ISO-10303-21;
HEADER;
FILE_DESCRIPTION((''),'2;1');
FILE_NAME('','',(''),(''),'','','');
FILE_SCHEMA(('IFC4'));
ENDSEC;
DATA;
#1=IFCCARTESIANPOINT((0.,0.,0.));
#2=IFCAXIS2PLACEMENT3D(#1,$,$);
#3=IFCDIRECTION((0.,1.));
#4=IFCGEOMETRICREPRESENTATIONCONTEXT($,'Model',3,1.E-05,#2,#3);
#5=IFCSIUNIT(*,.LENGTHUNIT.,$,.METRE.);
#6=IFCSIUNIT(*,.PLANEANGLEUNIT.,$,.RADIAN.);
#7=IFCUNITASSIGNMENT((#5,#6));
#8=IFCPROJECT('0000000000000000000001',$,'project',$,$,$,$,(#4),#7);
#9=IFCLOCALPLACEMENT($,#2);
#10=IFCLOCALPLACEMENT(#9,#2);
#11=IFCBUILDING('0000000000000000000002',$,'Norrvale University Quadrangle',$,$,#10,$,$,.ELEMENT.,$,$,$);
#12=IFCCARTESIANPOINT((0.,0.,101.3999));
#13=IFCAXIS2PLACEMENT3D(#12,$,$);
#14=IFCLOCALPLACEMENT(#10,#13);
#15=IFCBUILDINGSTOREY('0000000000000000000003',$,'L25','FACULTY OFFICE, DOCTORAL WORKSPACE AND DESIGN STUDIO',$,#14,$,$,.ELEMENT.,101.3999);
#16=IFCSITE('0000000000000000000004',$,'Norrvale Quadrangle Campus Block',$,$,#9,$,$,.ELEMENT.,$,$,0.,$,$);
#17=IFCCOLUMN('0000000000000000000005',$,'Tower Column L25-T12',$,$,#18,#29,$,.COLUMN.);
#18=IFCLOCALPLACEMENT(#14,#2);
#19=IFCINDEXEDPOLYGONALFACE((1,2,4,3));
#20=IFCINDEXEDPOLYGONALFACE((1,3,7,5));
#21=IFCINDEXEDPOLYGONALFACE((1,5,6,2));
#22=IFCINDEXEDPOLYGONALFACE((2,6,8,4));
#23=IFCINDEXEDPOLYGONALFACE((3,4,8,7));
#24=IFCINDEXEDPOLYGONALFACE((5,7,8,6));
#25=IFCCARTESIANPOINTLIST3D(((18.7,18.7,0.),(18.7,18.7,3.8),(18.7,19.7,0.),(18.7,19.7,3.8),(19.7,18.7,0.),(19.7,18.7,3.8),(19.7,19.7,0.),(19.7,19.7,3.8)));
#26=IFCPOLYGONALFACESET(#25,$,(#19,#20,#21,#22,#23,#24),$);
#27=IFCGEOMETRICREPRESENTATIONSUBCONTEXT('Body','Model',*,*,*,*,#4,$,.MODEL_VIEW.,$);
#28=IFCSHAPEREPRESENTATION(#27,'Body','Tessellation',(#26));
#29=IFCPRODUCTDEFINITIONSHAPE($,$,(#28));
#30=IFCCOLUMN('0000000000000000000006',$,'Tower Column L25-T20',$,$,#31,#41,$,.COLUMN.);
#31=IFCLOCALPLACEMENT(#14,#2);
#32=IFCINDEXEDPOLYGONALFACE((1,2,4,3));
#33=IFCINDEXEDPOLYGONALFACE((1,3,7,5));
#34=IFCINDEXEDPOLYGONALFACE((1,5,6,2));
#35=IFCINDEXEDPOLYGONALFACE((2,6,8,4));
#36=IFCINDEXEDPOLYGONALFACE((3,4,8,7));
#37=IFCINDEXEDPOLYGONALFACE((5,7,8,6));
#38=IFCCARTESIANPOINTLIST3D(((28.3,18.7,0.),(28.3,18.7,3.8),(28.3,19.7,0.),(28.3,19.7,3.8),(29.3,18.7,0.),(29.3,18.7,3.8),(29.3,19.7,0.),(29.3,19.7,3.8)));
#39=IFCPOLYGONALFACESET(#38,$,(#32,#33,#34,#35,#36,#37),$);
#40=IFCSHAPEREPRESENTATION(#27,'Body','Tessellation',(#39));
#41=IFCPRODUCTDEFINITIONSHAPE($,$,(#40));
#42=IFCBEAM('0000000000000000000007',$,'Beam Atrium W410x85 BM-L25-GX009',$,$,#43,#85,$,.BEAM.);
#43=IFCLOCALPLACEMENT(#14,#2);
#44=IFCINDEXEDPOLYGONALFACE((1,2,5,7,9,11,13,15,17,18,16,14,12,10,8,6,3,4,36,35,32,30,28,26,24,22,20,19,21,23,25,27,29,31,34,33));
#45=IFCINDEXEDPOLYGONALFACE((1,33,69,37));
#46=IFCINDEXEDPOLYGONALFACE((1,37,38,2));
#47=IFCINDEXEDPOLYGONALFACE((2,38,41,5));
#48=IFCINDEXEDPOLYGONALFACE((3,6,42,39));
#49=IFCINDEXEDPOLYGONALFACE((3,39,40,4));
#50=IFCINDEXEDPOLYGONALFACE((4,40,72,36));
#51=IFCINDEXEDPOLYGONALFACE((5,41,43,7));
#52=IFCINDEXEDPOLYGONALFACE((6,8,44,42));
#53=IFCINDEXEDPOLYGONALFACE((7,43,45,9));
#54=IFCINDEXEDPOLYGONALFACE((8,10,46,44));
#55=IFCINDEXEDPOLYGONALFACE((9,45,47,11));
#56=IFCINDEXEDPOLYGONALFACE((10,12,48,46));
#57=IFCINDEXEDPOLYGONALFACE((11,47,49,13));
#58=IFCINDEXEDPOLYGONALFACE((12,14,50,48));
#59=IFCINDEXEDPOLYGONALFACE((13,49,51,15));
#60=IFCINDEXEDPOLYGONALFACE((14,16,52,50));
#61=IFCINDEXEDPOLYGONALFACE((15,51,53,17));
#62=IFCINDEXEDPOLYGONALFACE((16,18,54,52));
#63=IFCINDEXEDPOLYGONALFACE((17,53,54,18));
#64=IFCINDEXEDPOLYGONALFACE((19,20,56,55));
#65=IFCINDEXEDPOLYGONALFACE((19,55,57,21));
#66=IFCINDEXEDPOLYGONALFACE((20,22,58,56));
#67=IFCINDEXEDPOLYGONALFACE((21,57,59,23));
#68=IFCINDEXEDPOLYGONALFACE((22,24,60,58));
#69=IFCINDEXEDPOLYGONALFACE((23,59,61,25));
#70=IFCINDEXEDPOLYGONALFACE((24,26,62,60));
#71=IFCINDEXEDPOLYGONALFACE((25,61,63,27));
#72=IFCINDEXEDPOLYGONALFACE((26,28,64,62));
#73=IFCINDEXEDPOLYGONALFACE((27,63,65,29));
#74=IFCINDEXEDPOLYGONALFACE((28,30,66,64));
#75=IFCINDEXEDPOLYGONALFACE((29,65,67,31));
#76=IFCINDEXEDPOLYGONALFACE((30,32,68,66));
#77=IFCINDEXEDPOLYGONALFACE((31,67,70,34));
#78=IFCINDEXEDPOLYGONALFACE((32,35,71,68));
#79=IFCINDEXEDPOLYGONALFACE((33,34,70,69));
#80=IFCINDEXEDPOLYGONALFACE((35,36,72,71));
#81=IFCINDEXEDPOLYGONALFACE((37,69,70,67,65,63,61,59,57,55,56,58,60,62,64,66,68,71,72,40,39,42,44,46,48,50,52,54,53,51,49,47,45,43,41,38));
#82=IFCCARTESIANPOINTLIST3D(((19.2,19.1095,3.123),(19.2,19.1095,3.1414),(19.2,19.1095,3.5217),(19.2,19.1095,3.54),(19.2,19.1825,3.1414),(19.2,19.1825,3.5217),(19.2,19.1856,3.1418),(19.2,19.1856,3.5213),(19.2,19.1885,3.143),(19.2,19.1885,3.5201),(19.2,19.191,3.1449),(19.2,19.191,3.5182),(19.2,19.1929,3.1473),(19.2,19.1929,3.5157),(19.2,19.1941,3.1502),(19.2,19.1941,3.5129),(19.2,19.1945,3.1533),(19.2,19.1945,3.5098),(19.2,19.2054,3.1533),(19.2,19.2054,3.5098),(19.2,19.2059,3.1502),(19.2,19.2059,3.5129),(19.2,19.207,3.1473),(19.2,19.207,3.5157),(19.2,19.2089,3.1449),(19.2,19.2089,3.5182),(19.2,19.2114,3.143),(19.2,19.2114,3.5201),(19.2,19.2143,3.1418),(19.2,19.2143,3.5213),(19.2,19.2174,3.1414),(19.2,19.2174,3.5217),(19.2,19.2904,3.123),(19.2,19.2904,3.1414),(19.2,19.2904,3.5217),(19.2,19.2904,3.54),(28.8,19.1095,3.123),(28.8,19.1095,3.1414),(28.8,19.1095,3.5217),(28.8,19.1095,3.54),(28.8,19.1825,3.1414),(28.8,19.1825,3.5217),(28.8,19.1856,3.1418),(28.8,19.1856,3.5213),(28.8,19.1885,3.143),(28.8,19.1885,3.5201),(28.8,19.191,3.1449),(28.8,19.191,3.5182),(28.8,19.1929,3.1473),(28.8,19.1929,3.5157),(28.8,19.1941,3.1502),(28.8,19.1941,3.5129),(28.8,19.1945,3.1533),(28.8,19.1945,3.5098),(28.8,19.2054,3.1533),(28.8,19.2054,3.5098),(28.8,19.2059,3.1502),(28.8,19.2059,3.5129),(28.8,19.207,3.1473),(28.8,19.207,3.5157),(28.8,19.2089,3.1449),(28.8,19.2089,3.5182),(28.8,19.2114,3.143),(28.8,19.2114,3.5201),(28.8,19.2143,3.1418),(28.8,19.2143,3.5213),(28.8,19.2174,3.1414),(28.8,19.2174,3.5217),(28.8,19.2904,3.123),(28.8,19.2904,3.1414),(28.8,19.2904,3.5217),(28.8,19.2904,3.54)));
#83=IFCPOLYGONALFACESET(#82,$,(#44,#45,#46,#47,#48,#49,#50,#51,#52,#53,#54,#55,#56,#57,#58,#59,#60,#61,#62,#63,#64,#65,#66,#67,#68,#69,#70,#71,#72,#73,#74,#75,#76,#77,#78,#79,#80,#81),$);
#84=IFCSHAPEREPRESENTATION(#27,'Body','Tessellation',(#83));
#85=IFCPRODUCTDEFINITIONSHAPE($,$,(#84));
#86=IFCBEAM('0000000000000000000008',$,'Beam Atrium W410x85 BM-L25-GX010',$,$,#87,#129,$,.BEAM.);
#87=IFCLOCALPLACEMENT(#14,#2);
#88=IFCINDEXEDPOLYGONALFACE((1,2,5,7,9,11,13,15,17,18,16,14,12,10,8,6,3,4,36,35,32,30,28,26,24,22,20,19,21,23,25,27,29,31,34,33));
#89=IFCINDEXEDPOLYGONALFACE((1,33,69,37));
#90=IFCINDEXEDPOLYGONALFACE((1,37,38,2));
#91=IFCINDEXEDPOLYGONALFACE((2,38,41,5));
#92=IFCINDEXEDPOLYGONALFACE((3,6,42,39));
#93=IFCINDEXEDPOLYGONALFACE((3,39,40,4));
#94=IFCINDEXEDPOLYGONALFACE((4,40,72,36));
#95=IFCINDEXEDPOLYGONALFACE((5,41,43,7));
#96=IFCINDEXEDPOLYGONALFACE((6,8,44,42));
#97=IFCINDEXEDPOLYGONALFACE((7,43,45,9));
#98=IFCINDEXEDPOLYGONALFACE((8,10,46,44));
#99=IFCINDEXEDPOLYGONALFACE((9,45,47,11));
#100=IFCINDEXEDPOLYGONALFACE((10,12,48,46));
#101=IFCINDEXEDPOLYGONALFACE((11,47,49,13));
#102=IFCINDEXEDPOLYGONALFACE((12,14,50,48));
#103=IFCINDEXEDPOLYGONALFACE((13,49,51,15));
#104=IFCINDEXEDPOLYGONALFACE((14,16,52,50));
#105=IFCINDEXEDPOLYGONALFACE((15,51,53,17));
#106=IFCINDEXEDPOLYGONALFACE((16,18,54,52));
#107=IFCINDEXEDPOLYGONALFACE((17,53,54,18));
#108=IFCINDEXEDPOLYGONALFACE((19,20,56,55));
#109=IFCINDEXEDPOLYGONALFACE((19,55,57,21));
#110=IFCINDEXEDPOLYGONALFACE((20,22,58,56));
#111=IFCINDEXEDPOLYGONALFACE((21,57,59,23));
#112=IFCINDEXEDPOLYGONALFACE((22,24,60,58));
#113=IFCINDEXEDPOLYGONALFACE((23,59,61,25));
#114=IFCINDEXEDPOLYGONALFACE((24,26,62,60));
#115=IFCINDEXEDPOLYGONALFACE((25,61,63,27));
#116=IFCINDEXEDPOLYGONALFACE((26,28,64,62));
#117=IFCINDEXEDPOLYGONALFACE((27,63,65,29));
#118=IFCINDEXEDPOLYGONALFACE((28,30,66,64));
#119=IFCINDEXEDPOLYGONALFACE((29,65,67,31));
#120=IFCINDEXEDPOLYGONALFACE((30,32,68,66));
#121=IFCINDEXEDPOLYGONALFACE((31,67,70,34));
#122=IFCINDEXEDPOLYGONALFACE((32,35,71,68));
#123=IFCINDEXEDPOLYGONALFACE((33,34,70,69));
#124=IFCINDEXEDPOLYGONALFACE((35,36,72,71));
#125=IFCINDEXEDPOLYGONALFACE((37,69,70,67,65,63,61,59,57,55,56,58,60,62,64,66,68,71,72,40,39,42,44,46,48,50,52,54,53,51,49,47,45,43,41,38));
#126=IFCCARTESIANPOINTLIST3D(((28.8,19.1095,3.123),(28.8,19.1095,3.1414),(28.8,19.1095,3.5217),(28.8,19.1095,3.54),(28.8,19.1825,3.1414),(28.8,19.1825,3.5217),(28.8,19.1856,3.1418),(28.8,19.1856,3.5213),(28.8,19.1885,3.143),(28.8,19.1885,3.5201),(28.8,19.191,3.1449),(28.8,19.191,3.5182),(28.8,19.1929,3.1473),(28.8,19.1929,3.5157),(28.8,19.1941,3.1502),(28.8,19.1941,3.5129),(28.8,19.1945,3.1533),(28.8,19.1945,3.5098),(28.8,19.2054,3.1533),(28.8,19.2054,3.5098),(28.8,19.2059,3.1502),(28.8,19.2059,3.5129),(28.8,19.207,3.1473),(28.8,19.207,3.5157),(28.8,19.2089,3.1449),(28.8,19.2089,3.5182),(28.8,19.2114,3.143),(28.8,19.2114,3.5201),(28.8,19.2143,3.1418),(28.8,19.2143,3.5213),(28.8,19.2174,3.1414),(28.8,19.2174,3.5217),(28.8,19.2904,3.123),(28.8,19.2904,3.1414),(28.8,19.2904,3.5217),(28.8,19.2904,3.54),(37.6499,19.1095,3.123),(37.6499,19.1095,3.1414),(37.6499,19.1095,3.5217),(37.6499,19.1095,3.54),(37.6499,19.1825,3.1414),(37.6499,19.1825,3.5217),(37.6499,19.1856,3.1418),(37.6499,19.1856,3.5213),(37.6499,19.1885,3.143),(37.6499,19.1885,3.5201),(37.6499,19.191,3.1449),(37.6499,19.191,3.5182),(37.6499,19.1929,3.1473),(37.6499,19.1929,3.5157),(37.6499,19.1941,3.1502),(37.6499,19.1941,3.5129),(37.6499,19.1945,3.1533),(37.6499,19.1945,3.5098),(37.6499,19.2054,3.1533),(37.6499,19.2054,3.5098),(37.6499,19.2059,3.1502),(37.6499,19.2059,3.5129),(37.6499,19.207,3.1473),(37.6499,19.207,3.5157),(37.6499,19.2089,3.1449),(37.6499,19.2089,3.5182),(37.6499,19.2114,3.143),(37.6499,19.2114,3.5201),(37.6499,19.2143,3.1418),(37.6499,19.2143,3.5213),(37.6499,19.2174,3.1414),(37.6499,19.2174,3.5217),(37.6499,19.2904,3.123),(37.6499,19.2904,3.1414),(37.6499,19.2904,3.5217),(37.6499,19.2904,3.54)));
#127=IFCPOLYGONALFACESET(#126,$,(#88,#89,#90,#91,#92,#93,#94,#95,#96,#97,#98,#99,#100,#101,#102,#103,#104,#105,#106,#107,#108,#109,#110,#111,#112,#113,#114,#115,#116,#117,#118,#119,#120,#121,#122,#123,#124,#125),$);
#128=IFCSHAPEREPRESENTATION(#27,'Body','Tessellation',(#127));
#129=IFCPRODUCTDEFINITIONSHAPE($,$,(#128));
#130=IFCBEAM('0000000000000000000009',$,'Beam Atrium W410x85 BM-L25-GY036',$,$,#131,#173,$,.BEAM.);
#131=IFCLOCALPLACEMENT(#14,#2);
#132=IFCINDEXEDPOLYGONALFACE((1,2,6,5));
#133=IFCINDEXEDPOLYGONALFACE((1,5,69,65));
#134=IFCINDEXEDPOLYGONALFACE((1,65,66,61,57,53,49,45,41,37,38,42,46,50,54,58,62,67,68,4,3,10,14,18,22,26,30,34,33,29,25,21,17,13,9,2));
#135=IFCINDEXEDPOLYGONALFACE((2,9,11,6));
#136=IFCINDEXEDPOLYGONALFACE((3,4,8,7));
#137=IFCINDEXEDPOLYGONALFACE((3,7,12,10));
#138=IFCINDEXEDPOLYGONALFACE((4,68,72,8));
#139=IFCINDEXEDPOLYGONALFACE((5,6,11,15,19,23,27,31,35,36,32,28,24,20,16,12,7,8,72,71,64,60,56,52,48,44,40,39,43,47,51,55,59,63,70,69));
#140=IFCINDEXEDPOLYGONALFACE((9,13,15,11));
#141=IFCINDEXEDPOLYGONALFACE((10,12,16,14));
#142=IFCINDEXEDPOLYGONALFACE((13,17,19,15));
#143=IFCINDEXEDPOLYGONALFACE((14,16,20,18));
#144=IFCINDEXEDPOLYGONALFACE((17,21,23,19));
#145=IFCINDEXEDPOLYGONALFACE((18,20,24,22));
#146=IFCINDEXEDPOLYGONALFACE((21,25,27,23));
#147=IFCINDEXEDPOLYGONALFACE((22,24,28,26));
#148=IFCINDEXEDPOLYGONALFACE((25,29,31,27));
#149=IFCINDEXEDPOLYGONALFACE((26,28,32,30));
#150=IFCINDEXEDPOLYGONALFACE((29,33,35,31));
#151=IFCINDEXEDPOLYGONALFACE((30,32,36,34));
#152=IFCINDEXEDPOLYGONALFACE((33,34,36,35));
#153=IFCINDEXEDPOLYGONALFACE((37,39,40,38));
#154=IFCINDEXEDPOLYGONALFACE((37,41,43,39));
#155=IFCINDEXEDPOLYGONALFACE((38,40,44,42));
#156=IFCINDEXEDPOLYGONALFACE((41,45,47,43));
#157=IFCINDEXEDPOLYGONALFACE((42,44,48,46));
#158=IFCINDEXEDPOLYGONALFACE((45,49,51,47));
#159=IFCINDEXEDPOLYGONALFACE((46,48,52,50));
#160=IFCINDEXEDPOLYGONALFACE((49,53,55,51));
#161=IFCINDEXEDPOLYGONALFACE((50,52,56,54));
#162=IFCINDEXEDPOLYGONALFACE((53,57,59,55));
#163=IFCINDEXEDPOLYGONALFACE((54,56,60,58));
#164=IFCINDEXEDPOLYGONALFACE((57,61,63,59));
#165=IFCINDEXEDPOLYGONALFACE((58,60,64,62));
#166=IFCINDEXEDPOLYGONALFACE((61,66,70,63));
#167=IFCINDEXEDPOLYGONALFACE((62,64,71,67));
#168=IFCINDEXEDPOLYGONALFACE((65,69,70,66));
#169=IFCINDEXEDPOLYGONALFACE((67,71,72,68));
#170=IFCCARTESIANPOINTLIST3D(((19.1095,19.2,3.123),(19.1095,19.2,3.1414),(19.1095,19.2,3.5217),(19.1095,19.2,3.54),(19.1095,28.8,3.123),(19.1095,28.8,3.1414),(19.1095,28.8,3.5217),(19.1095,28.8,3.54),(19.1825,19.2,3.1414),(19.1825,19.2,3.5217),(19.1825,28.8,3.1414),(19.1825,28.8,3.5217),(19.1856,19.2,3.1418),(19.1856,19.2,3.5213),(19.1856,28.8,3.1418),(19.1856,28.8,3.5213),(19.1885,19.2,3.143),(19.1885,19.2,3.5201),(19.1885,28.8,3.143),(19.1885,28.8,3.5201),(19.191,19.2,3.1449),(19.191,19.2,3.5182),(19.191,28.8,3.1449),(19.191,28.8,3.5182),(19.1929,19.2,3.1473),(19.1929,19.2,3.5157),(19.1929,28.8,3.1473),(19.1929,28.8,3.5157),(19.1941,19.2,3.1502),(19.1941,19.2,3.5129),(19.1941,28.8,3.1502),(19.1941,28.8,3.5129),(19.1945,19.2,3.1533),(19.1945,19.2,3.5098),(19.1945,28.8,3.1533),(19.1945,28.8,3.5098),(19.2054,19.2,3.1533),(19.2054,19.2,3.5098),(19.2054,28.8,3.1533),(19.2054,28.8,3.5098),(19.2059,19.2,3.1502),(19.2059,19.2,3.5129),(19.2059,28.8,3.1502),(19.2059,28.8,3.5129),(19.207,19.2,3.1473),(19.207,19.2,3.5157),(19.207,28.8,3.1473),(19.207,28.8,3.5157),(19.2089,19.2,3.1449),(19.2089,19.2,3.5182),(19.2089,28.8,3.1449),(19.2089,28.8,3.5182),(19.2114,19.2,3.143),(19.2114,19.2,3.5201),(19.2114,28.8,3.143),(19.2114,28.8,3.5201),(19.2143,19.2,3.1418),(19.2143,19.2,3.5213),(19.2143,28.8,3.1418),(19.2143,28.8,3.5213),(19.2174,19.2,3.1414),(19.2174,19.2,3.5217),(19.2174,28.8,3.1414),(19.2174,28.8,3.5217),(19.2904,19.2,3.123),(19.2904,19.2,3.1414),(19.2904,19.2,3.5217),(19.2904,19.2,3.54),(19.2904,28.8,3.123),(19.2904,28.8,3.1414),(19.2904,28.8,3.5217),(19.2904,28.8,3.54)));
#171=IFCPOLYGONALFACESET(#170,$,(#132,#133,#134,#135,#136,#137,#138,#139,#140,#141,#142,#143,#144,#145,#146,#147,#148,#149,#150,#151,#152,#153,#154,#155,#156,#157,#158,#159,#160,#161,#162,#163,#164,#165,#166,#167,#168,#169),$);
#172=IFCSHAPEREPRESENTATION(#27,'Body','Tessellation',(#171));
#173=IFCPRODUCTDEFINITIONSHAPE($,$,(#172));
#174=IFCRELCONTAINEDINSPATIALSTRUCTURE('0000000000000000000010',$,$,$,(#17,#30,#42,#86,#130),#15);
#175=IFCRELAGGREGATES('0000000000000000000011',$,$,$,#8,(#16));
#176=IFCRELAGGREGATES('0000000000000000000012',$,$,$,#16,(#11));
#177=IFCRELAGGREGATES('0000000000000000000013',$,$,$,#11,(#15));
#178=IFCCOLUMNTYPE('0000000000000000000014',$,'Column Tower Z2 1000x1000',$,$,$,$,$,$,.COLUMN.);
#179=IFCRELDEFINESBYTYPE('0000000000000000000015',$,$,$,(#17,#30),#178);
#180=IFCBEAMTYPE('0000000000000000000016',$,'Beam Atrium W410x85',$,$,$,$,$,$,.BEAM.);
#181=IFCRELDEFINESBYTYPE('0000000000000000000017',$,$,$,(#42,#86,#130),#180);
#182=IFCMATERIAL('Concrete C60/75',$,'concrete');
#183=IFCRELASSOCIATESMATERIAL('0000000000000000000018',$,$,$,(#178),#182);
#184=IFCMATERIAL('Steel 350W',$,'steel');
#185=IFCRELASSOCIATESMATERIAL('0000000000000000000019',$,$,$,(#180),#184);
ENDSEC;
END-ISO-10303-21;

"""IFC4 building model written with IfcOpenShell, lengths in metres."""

from ifc_helpers import new_model, si_unit, direction, frame, origin, origin_2d, place, context, subcontext, project, spatial, rectangle, i_section, extrude, material, material_profile, profile_set, type_object, element, save


model = new_model("IFC4")

# Units and contexts
model_context = context("Model", 3, precision=1e-05, world=origin(), true_north=direction((0.0, 1.0)))
body_context = subcontext(model_context, "Body", "Model", "MODEL_VIEW")
ifc_project = project(units=[si_unit("LENGTHUNIT", "METRE"), si_unit("PLANEANGLEUNIT", "RADIAN")], contexts=[model_context])

# Site, building, storey
site_placement = place(None, origin())
site = spatial("IfcSite", under=ifc_project, at=site_placement, Name="Norrvale Quadrangle Campus Block", CompositionType="ELEMENT", RefElevation=0.0)
building_placement = place(site_placement, origin())
building = spatial("IfcBuilding", under=site, at=building_placement, Name="Norrvale University Quadrangle", CompositionType="ELEMENT")
storey_placement = place(building_placement, frame((0.0, 0.0, 101.3999)))
storey = spatial("IfcBuildingStorey", under=building, at=storey_placement, Name="L25", Description="FACULTY OFFICE, DOCTORAL WORKSPACE AND DESIGN STUDIO", CompositionType="ELEMENT", Elevation=101.3999)

# Columns
ifc_material_1 = material(Name="Concrete C60/75", Category="concrete")
ifc_material_profile_1 = material_profile(ifc_material_1, rectangle(XDim=1.0, YDim=1.0, at=origin_2d()), Name="Concrete C60/75")
ifc_profile_set_1 = profile_set([ifc_material_profile_1], Name="Concrete C60/75")
column_type = type_object("IfcColumnType", Name="Column Tower Z2 1000x1000", PredefinedType="COLUMN", material=ifc_profile_set_1)
for number, where, z_axis, x_axis, name in (
    (1, (19.2, 19.2, 0.0), (0.0, 0.0, 1.0), (1.0, 0.0, 0.0), "Tower Column L25-T12"),
    (2, (28.8, 19.2, 0.0), (0.0, 0.0, 1.0), (1.0, 0.0, 0.0), "Tower Column L25-T20"),
):
    element("IfcColumn", number, at=place(storey_placement, frame(where, z_axis=z_axis, x_axis=x_axis)), inside=storey, type_object=column_type, Name=name, PredefinedType="COLUMN", context=body_context, shape_type="SweptSolid", body=[
        extrude(rectangle(XDim=1.0, YDim=1.0, at=origin_2d()), origin(), (0.0, 0.0, 1.0), 3.8),
    ])

# Beams
ifc_material_2 = material(Name="Steel 350W", Category="steel")
ifc_material_profile_2 = material_profile(ifc_material_2, i_section(OverallWidth=0.1809, OverallDepth=0.417, WebThickness=0.011, FlangeThickness=0.0183, FilletRadius=0.012, at=origin_2d()), Name="Steel 350W")
ifc_profile_set_2 = profile_set([ifc_material_profile_2], Name="Steel 350W")
beam_type_1 = type_object("IfcBeamType", Name="Beam Atrium W410x85", PredefinedType="BEAM", material=ifc_profile_set_2)
beam_1_placement = place(storey_placement, frame((19.2, 19.2, 3.3315), z_axis=(1.0, 0.0, 0.0), x_axis=(0.0, 1.0, 0.0)))
element("IfcBeam", 3, at=beam_1_placement, inside=storey, type_object=beam_type_1, Name="Beam Atrium W410x85 BM-L25-GX009", PredefinedType="BEAM", context=body_context, shape_type="SweptSolid", body=[
    extrude(i_section(OverallWidth=0.1809, OverallDepth=0.417, WebThickness=0.011, FlangeThickness=0.0183, FilletRadius=0.012, at=origin_2d()), origin(), (0.0, 0.0, 1.0), 9.6001),
])
beam_2_placement = place(storey_placement, frame((28.8, 19.2, 3.3315), z_axis=(1.0, 0.0, 0.0), x_axis=(0.0, 1.0, 0.0)))
element("IfcBeam", 4, at=beam_2_placement, inside=storey, type_object=beam_type_1, Name="Beam Atrium W410x85 BM-L25-GX010", PredefinedType="BEAM", context=body_context, shape_type="SweptSolid", body=[
    extrude(i_section(OverallWidth=0.1809, OverallDepth=0.417, WebThickness=0.011, FlangeThickness=0.0183, FilletRadius=0.012, at=origin_2d()), origin(), (0.0, 0.0, 1.0), 8.8499),
])
for number, where, z_axis, x_axis, name in (
    (5, (19.2, 19.2, 3.3315), (0.0, 1.0, 0.0), (-1.0, 0.0, 0.0), "Beam Atrium W410x85 BM-L25-GY036"),
):
    element("IfcBeam", number, at=place(storey_placement, frame(where, z_axis=z_axis, x_axis=x_axis)), inside=storey, type_object=beam_type_1, Name=name, PredefinedType="BEAM", context=body_context, shape_type="SweptSolid", body=[
        extrude(i_section(OverallWidth=0.1809, OverallDepth=0.417, WebThickness=0.011, FlangeThickness=0.0183, FilletRadius=0.012, at=origin_2d()), origin(), (0.0, 0.0, 1.0), 9.6001),
    ])

save(model, "model.ifc")
